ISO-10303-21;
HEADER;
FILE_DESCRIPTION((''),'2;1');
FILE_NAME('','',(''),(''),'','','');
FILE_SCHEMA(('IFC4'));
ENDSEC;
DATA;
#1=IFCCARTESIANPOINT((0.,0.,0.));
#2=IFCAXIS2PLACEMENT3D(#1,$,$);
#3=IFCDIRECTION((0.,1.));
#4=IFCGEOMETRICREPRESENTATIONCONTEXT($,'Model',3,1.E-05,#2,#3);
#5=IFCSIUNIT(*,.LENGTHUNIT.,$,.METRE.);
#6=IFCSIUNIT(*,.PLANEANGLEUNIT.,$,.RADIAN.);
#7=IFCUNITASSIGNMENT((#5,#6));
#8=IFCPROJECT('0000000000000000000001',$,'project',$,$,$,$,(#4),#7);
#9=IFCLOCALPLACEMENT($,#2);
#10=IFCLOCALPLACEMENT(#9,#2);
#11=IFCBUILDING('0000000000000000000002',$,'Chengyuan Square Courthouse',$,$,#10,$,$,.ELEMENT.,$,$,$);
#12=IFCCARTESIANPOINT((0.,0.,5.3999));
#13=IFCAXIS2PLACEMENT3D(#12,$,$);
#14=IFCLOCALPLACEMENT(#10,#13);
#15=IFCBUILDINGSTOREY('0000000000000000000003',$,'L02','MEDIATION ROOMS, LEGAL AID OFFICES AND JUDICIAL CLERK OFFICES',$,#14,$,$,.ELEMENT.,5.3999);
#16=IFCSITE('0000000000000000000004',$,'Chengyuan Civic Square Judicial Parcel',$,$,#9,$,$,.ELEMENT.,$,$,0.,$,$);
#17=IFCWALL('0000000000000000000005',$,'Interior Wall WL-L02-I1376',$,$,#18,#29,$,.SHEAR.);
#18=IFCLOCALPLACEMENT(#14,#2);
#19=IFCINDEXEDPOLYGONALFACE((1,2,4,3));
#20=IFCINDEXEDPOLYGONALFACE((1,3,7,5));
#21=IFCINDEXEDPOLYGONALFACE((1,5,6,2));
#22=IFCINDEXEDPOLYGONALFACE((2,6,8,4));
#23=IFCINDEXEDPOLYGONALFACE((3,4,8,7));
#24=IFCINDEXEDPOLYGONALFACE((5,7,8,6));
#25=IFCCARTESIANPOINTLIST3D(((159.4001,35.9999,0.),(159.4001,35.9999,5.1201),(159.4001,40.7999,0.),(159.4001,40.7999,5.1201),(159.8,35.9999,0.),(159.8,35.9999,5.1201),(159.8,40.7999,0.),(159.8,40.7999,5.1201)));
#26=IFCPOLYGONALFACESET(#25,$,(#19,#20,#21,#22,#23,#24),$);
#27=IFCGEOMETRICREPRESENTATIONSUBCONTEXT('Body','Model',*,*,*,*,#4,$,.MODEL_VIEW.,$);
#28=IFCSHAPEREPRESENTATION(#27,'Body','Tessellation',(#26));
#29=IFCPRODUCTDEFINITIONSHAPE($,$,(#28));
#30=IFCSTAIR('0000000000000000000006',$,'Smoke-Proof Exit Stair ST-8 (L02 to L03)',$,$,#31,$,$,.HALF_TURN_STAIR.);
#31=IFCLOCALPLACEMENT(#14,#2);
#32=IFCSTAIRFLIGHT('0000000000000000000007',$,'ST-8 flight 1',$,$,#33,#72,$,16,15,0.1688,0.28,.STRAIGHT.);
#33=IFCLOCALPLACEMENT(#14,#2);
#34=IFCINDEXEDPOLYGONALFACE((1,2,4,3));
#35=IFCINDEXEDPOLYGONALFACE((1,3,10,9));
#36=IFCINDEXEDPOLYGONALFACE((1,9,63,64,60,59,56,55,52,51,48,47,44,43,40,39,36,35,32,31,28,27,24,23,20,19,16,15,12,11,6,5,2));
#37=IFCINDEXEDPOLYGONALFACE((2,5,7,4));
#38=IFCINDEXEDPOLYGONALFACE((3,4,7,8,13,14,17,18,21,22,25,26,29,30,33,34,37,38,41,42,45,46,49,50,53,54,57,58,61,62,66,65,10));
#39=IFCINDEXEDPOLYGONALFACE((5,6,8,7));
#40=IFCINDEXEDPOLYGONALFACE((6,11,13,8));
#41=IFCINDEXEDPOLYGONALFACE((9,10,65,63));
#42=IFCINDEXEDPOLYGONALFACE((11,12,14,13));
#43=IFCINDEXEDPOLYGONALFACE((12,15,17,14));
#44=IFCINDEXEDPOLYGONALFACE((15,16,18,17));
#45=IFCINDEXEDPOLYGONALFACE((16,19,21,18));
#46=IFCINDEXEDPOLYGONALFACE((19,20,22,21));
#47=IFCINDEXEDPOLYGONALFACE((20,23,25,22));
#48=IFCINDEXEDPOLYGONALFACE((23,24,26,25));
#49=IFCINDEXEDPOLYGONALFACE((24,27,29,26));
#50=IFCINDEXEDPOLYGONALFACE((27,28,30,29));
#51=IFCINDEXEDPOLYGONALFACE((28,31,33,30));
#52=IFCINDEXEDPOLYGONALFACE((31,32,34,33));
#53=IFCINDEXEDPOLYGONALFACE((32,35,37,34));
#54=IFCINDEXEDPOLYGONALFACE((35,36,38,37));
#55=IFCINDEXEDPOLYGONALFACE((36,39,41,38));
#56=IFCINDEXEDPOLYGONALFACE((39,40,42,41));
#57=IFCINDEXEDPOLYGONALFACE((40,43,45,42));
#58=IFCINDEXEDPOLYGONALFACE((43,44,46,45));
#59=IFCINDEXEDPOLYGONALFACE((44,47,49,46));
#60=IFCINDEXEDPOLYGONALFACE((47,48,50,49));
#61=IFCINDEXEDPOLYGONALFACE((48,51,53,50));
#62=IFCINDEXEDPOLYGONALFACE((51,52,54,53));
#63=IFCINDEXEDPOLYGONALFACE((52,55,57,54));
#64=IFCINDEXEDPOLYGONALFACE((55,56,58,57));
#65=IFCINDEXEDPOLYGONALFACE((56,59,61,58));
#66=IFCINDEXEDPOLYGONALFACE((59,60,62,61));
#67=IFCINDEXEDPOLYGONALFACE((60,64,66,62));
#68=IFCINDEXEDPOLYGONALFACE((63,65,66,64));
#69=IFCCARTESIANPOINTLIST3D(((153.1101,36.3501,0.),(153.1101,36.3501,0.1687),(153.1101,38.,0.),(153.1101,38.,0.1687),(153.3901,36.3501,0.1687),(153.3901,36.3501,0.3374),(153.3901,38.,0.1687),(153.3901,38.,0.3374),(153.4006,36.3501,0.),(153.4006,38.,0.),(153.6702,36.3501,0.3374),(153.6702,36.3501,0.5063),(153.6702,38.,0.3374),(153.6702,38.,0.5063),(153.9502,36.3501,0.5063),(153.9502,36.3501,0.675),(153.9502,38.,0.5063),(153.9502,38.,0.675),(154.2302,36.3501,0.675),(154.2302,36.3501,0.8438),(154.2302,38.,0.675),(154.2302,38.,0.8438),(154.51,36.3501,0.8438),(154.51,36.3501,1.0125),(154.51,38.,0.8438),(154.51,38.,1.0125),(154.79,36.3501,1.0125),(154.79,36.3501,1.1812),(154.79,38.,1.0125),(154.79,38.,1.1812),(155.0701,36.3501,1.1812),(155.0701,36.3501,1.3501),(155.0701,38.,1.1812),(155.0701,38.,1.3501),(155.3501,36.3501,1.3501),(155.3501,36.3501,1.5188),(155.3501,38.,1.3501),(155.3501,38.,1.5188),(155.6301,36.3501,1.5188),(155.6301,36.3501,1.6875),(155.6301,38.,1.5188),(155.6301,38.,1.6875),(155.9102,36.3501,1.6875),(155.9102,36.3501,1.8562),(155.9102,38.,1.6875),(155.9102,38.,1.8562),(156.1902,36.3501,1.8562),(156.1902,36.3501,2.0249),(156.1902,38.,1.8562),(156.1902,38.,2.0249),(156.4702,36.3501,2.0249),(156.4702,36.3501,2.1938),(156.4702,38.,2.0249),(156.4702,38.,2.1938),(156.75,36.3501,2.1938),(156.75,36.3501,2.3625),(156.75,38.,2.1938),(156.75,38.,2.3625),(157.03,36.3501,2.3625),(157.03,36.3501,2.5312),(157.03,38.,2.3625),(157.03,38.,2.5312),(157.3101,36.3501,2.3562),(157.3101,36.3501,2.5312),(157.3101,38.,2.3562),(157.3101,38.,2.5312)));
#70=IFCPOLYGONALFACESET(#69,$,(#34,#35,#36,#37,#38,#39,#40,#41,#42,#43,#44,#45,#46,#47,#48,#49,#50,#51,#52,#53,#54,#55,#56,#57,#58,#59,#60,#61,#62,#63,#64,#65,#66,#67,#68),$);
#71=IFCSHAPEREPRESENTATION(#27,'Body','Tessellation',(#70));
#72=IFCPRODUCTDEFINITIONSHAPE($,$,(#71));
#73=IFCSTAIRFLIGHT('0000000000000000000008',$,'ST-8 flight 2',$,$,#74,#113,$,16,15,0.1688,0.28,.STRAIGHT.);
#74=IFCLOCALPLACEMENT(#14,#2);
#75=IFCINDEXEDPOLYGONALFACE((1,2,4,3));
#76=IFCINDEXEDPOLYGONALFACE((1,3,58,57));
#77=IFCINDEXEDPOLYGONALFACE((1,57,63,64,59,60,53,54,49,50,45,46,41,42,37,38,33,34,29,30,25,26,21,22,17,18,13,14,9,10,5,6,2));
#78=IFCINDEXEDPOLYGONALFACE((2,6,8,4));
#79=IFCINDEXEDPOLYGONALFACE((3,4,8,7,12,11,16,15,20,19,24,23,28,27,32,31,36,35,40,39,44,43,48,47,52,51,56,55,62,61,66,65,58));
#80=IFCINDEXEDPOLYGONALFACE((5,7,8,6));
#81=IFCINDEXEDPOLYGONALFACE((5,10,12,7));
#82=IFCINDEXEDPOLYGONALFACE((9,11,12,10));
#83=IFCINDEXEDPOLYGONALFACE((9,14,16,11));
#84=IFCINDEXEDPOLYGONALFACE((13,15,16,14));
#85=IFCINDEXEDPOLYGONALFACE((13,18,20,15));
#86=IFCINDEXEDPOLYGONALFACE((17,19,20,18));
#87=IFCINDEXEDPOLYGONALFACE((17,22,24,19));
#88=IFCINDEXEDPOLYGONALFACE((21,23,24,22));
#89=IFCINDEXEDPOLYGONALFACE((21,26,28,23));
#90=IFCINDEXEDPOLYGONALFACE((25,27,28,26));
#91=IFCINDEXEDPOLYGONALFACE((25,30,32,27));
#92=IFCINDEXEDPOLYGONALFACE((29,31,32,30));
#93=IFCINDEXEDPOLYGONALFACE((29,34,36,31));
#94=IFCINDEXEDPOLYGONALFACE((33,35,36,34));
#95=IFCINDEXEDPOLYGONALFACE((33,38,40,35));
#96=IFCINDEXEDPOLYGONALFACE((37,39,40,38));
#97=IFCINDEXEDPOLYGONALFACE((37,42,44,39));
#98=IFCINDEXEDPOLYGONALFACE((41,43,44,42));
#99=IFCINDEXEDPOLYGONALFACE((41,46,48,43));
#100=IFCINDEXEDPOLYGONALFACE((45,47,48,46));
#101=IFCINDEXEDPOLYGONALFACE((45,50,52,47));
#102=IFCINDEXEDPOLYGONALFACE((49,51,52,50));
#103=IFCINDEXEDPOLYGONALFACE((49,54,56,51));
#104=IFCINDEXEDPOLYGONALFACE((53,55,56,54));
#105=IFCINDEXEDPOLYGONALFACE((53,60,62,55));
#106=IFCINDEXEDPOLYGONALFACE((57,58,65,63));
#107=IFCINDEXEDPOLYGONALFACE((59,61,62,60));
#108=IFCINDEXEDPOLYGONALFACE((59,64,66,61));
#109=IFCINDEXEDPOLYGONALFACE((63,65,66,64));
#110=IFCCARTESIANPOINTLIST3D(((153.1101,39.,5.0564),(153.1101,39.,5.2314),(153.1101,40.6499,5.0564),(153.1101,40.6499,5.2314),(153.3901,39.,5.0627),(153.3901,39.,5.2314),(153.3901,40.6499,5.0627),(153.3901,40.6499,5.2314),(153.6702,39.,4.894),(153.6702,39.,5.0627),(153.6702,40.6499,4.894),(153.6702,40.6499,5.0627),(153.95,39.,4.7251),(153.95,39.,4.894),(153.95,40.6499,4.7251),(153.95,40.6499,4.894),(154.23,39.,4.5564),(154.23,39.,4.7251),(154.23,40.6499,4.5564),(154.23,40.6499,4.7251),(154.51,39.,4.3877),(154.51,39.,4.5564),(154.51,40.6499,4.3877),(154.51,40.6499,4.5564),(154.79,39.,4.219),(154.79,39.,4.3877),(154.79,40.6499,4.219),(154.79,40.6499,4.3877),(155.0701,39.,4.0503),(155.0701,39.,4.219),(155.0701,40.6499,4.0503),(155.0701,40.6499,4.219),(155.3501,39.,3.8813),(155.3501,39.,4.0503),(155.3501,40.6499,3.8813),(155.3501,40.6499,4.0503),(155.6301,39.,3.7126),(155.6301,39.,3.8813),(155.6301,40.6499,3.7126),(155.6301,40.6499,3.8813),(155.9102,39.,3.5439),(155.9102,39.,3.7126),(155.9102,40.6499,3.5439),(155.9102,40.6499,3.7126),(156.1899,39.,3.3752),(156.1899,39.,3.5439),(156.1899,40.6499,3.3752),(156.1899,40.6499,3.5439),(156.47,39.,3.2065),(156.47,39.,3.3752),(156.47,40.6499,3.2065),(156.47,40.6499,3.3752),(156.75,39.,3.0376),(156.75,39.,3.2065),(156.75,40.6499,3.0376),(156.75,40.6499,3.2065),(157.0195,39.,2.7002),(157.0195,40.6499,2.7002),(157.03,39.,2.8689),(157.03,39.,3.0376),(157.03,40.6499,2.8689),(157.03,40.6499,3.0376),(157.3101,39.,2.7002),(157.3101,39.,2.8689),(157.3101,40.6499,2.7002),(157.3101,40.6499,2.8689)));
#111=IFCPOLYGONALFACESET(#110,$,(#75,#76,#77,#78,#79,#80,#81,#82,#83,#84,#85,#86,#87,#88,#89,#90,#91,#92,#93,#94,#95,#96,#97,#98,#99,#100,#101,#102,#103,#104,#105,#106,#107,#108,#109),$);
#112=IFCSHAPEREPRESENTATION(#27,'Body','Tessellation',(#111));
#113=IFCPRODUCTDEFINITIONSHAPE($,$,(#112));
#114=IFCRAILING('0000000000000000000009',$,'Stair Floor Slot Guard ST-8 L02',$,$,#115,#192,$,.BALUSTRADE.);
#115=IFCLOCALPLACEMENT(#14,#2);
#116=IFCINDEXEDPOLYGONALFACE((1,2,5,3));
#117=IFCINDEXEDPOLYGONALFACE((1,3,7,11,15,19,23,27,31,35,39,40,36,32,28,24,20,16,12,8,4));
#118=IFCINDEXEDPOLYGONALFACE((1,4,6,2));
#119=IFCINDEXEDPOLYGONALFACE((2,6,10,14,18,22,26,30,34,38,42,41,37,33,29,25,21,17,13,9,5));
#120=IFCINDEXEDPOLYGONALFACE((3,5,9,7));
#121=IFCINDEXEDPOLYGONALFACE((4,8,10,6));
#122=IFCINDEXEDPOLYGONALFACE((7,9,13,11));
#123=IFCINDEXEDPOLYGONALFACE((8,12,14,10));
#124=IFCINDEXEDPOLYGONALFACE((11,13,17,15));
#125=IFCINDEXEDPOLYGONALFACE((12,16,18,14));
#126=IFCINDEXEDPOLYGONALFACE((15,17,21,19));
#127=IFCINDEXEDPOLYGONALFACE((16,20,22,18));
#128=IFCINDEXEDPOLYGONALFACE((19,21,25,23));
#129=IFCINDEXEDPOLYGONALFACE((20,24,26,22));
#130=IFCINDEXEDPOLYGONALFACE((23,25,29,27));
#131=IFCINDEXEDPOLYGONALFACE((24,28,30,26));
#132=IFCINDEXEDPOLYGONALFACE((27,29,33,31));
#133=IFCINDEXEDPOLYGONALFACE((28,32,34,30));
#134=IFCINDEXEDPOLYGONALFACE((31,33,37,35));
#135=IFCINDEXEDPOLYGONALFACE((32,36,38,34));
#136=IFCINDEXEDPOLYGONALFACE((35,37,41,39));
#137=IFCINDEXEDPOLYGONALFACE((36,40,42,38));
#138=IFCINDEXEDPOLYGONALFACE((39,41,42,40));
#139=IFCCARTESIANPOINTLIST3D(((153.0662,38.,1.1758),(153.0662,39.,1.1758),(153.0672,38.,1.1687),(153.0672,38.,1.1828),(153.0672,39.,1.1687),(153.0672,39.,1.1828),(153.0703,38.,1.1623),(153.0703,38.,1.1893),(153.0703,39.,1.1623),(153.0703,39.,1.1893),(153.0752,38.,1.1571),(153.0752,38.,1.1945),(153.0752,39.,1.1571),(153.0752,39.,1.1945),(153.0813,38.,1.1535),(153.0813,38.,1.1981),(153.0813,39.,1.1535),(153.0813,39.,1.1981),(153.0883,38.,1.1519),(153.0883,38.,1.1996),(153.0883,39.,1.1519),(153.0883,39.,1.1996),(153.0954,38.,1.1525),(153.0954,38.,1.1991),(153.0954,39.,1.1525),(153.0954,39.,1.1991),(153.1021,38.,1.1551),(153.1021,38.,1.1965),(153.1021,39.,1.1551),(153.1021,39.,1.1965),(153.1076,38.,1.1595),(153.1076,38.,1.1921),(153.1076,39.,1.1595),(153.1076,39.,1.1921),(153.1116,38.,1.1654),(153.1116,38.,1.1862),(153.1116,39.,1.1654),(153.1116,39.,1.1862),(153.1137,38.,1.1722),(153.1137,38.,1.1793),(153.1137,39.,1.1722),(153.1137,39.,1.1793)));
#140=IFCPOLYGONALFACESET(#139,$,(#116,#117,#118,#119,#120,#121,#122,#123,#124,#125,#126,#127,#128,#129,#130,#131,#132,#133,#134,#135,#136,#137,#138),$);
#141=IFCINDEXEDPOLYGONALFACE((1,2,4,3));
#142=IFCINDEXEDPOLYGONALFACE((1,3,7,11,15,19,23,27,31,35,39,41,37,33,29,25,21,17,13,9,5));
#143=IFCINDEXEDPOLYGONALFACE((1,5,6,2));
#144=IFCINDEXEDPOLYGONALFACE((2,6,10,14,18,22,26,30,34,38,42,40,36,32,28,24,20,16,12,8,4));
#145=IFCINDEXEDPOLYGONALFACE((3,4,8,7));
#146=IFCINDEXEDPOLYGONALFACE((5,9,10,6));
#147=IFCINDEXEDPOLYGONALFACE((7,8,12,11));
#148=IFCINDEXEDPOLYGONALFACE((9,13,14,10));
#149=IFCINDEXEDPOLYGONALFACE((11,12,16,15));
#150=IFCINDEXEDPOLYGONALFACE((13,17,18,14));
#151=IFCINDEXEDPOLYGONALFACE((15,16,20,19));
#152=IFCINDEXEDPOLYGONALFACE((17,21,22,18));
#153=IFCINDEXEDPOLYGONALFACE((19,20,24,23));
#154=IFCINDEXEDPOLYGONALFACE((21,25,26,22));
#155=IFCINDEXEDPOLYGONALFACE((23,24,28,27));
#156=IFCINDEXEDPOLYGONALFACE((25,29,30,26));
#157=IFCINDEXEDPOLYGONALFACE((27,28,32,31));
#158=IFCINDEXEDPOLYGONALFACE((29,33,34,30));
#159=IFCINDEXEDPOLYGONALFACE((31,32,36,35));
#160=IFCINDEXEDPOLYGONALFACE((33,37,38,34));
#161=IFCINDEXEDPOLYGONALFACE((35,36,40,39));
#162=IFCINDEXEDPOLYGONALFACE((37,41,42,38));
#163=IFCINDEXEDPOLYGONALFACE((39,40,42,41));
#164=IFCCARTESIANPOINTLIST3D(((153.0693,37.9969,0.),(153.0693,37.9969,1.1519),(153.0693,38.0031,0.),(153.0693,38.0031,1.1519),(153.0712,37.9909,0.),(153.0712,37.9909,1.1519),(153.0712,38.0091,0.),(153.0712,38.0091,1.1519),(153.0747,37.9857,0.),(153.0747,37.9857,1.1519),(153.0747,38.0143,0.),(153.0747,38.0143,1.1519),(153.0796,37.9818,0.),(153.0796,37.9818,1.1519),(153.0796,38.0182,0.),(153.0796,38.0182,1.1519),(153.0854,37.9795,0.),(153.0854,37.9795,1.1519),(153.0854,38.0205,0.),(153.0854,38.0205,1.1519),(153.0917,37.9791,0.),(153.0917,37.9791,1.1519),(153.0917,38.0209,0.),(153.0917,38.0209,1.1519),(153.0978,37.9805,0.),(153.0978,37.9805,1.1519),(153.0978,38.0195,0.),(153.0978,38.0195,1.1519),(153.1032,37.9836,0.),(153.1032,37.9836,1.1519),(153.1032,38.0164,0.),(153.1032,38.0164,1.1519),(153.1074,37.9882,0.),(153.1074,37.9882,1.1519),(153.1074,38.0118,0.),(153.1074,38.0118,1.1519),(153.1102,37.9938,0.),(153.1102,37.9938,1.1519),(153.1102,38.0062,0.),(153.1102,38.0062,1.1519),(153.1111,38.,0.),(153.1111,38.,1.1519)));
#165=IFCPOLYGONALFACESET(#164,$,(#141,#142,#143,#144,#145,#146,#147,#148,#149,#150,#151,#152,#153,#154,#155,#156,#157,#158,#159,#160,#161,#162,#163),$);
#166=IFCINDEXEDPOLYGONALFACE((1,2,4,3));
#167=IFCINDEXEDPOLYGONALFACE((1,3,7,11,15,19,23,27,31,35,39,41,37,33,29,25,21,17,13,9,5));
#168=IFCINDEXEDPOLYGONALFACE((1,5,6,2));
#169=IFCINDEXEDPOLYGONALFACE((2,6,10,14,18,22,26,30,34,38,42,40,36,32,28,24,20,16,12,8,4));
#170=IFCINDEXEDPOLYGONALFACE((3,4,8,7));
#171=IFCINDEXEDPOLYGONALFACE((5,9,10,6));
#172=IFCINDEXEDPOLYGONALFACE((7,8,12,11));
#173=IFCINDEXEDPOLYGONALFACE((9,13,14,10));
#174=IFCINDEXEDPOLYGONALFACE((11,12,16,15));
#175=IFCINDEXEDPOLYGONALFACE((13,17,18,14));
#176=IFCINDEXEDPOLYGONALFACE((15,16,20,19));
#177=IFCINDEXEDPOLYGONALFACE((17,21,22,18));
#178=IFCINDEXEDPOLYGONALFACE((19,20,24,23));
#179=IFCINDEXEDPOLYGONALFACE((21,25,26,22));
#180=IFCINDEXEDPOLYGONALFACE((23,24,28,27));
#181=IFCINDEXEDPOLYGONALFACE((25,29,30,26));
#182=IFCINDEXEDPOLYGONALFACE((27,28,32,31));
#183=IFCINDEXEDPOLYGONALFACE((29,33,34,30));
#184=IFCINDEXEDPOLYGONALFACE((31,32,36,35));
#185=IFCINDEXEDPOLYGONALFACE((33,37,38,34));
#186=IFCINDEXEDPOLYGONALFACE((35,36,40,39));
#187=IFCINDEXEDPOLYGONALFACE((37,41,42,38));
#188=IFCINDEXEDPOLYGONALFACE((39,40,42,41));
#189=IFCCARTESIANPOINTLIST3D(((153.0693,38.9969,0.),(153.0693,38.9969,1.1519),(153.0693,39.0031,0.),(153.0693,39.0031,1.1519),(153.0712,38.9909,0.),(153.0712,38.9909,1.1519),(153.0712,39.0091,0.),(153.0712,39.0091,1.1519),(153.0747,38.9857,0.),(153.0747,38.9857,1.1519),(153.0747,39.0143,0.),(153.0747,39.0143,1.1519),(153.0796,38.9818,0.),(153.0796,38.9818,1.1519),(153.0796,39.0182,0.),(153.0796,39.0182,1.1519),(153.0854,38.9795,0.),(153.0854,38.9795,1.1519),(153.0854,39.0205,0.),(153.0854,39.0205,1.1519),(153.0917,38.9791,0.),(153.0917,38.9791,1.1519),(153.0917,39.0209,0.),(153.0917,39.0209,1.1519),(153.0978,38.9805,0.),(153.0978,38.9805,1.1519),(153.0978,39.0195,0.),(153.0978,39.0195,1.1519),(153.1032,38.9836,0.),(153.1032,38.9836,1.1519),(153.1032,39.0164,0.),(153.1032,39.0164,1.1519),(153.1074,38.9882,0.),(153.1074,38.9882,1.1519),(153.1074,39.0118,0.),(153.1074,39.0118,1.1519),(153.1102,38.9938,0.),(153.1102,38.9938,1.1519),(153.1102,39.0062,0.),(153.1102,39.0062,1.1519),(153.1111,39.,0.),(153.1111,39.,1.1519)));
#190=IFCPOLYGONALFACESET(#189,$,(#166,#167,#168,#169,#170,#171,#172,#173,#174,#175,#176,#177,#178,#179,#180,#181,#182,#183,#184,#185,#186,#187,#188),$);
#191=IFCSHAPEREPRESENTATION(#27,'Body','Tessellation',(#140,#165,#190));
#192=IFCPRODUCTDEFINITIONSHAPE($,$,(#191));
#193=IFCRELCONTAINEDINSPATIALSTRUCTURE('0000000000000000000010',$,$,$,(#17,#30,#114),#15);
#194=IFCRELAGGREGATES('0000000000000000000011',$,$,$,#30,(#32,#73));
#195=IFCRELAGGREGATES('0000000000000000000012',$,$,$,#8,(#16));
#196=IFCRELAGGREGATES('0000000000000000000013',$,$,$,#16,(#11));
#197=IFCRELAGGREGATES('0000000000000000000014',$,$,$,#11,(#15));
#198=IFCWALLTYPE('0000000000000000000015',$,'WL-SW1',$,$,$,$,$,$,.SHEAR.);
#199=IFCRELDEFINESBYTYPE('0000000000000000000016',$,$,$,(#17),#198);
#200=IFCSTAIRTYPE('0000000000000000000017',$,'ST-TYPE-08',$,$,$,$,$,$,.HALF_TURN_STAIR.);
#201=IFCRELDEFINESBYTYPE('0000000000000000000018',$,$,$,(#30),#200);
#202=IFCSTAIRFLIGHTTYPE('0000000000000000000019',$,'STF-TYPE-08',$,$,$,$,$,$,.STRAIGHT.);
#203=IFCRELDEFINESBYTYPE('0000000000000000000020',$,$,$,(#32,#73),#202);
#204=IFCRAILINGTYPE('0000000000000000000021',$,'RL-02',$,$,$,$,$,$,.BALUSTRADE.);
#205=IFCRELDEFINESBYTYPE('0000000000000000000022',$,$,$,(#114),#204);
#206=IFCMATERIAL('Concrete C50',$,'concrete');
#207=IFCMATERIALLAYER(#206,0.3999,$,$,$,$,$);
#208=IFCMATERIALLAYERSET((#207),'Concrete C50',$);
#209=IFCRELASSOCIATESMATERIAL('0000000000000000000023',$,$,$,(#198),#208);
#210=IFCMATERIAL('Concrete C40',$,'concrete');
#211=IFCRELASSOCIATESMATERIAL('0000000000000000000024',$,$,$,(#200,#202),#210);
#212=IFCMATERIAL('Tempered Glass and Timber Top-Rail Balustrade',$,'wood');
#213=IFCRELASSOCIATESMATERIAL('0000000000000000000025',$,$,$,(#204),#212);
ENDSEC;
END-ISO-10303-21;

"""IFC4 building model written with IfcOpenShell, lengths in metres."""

from ifc_helpers import new_model, si_unit, direction, frame, frame_2d, origin, origin_2d, place, context, subcontext, project, spatial, polyline, rectangle, circle, outline, extrude, material, layer, layer_set, type_object, element, aggregate, save


model = new_model("IFC4")

# Units and contexts
model_context = context("Model", 3, precision=1e-05, world=origin(), true_north=direction((0.0, 1.0)))
body_context = subcontext(model_context, "Body", "Model", "MODEL_VIEW")
ifc_project = project(units=[si_unit("LENGTHUNIT", "METRE"), si_unit("PLANEANGLEUNIT", "RADIAN")], contexts=[model_context])

# Site, building, storey
site_placement = place(None, origin())
site = spatial("IfcSite", under=ifc_project, at=site_placement, Name="Chengyuan Civic Square Judicial Parcel", CompositionType="ELEMENT", RefElevation=0.0)
building_placement = place(site_placement, origin())
building = spatial("IfcBuilding", under=site, at=building_placement, Name="Chengyuan Square Courthouse", CompositionType="ELEMENT")
storey_placement = place(building_placement, frame((0.0, 0.0, 5.3999)))
storey = spatial("IfcBuildingStorey", under=building, at=storey_placement, Name="L02", Description="MEDIATION ROOMS, LEGAL AID OFFICES AND JUDICIAL CLERK OFFICES", CompositionType="ELEMENT", Elevation=5.3999)

# Shared definitions
ifc_material_1 = material(Name="Concrete C40", Category="concrete")

# Shared definitions
ifc_material_2 = material(Name="Concrete C50", Category="concrete")
ifc_layer_1 = layer(ifc_material_2, 0.3999)
ifc_layer_set_1 = layer_set([ifc_layer_1], Name="Concrete C50")
wall_type_1 = type_object("IfcWallType", Name="WL-SW1", PredefinedType="SHEAR", material=ifc_layer_set_1)

# Wall
wall_1_placement = place(storey_placement, frame((159.6001, 36.0, 0.0), z_axis=(0.0, 0.0, 1.0), x_axis=(0.0, 1.0, 0.0)))
element("IfcWall", 1, at=wall_1_placement, inside=storey, type_object=wall_type_1, Name="Interior Wall WL-L02-I1376", PredefinedType="SHEAR", context=body_context, shape_type="SweptSolid", body=[
    extrude(rectangle(XDim=4.8, YDim=0.3999, at=frame_2d((2.3999, 0.0))), origin(), (0.0, 0.0, 1.0), 5.1201),
])

# Stair, stair flights
stair_type = type_object("IfcStairType", Name="ST-TYPE-08", PredefinedType="HALF_TURN_STAIR", material=ifc_material_1)
stair_placement = place(storey_placement, origin())
stair = element("IfcStair", 2, at=stair_placement, inside=storey, type_object=stair_type, Name="Smoke-Proof Exit Stair ST-8 (L02 to L03)", PredefinedType="HALF_TURN_STAIR")
stair_flight_type = type_object("IfcStairFlightType", Name="STF-TYPE-08", PredefinedType="STRAIGHT", material=ifc_material_1)
stair_flight_1_placement = place(storey_placement, frame((153.1101, 37.175, 0.0), z_axis=(0.0, 0.0, 1.0), x_axis=(1.0, 0.0, 0.0)))
stair_flight_1 = element("IfcStairFlight", 3, at=stair_flight_1_placement, type_object=stair_flight_type, Name="ST-8 flight 1", NumberOfRisers=16, NumberOfTreads=15, PredefinedType="STRAIGHT", RiserHeight=0.1688, TreadLength=0.28, context=body_context, shape_type="SweptSolid", body=[
    extrude(outline(polyline([(0.0, 0.0), (0.0, 0.1687), (0.28, 0.1687), (0.28, 0.3374), (0.5601, 0.3374), (0.5601, 0.5063), (0.8401, 0.5063), (0.8401, 0.675), (1.1201, 0.675), (1.1201, 0.8438), (1.3999, 0.8438), (1.3999, 1.0125), (1.6799, 1.0125), (1.6799, 1.1812), (1.96, 1.1812), (1.96, 1.3501), (2.24, 1.3501), (2.24, 1.5188), (2.52, 1.5188), (2.52, 1.6875), (2.8, 1.6875), (2.8, 1.8562), (3.0801, 1.8562), (3.0801, 2.0249), (3.3601, 2.0249), (3.3601, 2.1938), (3.6399, 2.1938), (3.6399, 2.3625), (3.9199, 2.3625), (3.9199, 2.5312), (4.2, 2.5312), (4.2, 2.7), (4.2, 2.3562), (0.2905, 0.0), (0.0, 0.0)])), frame((0.0, 0.825, 0.0), z_axis=(0.0, -1.0, 0.0), x_axis=(1.0, 0.0, 0.0)), (0.0, 0.0, 1.0), 1.6499),
])
stair_flight_2_placement = place(storey_placement, frame((157.3101, 39.825, 2.7002), z_axis=(0.0, 0.0, 1.0), x_axis=(-1.0, 0.0, 0.0)))
stair_flight_2 = element("IfcStairFlight", 4, at=stair_flight_2_placement, type_object=stair_flight_type, Name="ST-8 flight 2", NumberOfRisers=16, NumberOfTreads=15, PredefinedType="STRAIGHT", RiserHeight=0.1688, TreadLength=0.28, context=body_context, shape_type="SweptSolid", body=[
    extrude(outline(polyline([(0.0, 0.0), (0.0, 0.1687), (0.28, 0.1687), (0.28, 0.3374), (0.5601, 0.3374), (0.5601, 0.5063), (0.8401, 0.5063), (0.8401, 0.675), (1.1201, 0.675), (1.1201, 0.8438), (1.3999, 0.8438), (1.3999, 1.0125), (1.6799, 1.0125), (1.6799, 1.1812), (1.96, 1.1812), (1.96, 1.3501), (2.24, 1.3501), (2.24, 1.5188), (2.52, 1.5188), (2.52, 1.6875), (2.8, 1.6875), (2.8, 1.8562), (3.0801, 1.8562), (3.0801, 2.0249), (3.3601, 2.0249), (3.3601, 2.1938), (3.6399, 2.1938), (3.6399, 2.3625), (3.9199, 2.3625), (3.9199, 2.5312), (4.2, 2.5312), (4.2, 2.7), (4.2, 2.3562), (0.2905, 0.0), (0.0, 0.0)])), frame((0.0, 0.825, 0.0), z_axis=(0.0, -1.0, 0.0), x_axis=(1.0, 0.0, 0.0)), (0.0, 0.0, 1.0), 1.6499),
])
aggregate(stair, [stair_flight_1, stair_flight_2])

# Railing
ifc_material_3 = material(Name="Tempered Glass and Timber Top-Rail Balustrade", Category="wood")
railing_type_1 = type_object("IfcRailingType", Name="RL-02", PredefinedType="BALUSTRADE", material=ifc_material_3)
for number, where, name in (
    (5, (153.0901, 38.0, 0.0), "Stair Floor Slot Guard ST-8 L02"),
):
    element("IfcRailing", number, at=place(storey_placement, frame(where)), inside=storey, type_object=railing_type_1, Name=name, PredefinedType="BALUSTRADE", context=body_context, shape_type="SweptSolid", body=[
        extrude(circle(Radius=0.0239, at=origin_2d()), frame((0.0, 0.0, 1.1758), z_axis=(0.0, 1.0, 0.0), x_axis=(-1.0, 0.0, 0.0)), (0.0, 0.0, 1.0), 1.0),
        extrude(circle(Radius=0.021, at=origin_2d()), origin(), (0.0, 0.0, 1.0), 1.1519),
        extrude(circle(Radius=0.021, at=origin_2d()), frame((0.0, 1.0, 0.0)), (0.0, 0.0, 1.0), 1.1519),
    ])

save(model, "model.ifc")
